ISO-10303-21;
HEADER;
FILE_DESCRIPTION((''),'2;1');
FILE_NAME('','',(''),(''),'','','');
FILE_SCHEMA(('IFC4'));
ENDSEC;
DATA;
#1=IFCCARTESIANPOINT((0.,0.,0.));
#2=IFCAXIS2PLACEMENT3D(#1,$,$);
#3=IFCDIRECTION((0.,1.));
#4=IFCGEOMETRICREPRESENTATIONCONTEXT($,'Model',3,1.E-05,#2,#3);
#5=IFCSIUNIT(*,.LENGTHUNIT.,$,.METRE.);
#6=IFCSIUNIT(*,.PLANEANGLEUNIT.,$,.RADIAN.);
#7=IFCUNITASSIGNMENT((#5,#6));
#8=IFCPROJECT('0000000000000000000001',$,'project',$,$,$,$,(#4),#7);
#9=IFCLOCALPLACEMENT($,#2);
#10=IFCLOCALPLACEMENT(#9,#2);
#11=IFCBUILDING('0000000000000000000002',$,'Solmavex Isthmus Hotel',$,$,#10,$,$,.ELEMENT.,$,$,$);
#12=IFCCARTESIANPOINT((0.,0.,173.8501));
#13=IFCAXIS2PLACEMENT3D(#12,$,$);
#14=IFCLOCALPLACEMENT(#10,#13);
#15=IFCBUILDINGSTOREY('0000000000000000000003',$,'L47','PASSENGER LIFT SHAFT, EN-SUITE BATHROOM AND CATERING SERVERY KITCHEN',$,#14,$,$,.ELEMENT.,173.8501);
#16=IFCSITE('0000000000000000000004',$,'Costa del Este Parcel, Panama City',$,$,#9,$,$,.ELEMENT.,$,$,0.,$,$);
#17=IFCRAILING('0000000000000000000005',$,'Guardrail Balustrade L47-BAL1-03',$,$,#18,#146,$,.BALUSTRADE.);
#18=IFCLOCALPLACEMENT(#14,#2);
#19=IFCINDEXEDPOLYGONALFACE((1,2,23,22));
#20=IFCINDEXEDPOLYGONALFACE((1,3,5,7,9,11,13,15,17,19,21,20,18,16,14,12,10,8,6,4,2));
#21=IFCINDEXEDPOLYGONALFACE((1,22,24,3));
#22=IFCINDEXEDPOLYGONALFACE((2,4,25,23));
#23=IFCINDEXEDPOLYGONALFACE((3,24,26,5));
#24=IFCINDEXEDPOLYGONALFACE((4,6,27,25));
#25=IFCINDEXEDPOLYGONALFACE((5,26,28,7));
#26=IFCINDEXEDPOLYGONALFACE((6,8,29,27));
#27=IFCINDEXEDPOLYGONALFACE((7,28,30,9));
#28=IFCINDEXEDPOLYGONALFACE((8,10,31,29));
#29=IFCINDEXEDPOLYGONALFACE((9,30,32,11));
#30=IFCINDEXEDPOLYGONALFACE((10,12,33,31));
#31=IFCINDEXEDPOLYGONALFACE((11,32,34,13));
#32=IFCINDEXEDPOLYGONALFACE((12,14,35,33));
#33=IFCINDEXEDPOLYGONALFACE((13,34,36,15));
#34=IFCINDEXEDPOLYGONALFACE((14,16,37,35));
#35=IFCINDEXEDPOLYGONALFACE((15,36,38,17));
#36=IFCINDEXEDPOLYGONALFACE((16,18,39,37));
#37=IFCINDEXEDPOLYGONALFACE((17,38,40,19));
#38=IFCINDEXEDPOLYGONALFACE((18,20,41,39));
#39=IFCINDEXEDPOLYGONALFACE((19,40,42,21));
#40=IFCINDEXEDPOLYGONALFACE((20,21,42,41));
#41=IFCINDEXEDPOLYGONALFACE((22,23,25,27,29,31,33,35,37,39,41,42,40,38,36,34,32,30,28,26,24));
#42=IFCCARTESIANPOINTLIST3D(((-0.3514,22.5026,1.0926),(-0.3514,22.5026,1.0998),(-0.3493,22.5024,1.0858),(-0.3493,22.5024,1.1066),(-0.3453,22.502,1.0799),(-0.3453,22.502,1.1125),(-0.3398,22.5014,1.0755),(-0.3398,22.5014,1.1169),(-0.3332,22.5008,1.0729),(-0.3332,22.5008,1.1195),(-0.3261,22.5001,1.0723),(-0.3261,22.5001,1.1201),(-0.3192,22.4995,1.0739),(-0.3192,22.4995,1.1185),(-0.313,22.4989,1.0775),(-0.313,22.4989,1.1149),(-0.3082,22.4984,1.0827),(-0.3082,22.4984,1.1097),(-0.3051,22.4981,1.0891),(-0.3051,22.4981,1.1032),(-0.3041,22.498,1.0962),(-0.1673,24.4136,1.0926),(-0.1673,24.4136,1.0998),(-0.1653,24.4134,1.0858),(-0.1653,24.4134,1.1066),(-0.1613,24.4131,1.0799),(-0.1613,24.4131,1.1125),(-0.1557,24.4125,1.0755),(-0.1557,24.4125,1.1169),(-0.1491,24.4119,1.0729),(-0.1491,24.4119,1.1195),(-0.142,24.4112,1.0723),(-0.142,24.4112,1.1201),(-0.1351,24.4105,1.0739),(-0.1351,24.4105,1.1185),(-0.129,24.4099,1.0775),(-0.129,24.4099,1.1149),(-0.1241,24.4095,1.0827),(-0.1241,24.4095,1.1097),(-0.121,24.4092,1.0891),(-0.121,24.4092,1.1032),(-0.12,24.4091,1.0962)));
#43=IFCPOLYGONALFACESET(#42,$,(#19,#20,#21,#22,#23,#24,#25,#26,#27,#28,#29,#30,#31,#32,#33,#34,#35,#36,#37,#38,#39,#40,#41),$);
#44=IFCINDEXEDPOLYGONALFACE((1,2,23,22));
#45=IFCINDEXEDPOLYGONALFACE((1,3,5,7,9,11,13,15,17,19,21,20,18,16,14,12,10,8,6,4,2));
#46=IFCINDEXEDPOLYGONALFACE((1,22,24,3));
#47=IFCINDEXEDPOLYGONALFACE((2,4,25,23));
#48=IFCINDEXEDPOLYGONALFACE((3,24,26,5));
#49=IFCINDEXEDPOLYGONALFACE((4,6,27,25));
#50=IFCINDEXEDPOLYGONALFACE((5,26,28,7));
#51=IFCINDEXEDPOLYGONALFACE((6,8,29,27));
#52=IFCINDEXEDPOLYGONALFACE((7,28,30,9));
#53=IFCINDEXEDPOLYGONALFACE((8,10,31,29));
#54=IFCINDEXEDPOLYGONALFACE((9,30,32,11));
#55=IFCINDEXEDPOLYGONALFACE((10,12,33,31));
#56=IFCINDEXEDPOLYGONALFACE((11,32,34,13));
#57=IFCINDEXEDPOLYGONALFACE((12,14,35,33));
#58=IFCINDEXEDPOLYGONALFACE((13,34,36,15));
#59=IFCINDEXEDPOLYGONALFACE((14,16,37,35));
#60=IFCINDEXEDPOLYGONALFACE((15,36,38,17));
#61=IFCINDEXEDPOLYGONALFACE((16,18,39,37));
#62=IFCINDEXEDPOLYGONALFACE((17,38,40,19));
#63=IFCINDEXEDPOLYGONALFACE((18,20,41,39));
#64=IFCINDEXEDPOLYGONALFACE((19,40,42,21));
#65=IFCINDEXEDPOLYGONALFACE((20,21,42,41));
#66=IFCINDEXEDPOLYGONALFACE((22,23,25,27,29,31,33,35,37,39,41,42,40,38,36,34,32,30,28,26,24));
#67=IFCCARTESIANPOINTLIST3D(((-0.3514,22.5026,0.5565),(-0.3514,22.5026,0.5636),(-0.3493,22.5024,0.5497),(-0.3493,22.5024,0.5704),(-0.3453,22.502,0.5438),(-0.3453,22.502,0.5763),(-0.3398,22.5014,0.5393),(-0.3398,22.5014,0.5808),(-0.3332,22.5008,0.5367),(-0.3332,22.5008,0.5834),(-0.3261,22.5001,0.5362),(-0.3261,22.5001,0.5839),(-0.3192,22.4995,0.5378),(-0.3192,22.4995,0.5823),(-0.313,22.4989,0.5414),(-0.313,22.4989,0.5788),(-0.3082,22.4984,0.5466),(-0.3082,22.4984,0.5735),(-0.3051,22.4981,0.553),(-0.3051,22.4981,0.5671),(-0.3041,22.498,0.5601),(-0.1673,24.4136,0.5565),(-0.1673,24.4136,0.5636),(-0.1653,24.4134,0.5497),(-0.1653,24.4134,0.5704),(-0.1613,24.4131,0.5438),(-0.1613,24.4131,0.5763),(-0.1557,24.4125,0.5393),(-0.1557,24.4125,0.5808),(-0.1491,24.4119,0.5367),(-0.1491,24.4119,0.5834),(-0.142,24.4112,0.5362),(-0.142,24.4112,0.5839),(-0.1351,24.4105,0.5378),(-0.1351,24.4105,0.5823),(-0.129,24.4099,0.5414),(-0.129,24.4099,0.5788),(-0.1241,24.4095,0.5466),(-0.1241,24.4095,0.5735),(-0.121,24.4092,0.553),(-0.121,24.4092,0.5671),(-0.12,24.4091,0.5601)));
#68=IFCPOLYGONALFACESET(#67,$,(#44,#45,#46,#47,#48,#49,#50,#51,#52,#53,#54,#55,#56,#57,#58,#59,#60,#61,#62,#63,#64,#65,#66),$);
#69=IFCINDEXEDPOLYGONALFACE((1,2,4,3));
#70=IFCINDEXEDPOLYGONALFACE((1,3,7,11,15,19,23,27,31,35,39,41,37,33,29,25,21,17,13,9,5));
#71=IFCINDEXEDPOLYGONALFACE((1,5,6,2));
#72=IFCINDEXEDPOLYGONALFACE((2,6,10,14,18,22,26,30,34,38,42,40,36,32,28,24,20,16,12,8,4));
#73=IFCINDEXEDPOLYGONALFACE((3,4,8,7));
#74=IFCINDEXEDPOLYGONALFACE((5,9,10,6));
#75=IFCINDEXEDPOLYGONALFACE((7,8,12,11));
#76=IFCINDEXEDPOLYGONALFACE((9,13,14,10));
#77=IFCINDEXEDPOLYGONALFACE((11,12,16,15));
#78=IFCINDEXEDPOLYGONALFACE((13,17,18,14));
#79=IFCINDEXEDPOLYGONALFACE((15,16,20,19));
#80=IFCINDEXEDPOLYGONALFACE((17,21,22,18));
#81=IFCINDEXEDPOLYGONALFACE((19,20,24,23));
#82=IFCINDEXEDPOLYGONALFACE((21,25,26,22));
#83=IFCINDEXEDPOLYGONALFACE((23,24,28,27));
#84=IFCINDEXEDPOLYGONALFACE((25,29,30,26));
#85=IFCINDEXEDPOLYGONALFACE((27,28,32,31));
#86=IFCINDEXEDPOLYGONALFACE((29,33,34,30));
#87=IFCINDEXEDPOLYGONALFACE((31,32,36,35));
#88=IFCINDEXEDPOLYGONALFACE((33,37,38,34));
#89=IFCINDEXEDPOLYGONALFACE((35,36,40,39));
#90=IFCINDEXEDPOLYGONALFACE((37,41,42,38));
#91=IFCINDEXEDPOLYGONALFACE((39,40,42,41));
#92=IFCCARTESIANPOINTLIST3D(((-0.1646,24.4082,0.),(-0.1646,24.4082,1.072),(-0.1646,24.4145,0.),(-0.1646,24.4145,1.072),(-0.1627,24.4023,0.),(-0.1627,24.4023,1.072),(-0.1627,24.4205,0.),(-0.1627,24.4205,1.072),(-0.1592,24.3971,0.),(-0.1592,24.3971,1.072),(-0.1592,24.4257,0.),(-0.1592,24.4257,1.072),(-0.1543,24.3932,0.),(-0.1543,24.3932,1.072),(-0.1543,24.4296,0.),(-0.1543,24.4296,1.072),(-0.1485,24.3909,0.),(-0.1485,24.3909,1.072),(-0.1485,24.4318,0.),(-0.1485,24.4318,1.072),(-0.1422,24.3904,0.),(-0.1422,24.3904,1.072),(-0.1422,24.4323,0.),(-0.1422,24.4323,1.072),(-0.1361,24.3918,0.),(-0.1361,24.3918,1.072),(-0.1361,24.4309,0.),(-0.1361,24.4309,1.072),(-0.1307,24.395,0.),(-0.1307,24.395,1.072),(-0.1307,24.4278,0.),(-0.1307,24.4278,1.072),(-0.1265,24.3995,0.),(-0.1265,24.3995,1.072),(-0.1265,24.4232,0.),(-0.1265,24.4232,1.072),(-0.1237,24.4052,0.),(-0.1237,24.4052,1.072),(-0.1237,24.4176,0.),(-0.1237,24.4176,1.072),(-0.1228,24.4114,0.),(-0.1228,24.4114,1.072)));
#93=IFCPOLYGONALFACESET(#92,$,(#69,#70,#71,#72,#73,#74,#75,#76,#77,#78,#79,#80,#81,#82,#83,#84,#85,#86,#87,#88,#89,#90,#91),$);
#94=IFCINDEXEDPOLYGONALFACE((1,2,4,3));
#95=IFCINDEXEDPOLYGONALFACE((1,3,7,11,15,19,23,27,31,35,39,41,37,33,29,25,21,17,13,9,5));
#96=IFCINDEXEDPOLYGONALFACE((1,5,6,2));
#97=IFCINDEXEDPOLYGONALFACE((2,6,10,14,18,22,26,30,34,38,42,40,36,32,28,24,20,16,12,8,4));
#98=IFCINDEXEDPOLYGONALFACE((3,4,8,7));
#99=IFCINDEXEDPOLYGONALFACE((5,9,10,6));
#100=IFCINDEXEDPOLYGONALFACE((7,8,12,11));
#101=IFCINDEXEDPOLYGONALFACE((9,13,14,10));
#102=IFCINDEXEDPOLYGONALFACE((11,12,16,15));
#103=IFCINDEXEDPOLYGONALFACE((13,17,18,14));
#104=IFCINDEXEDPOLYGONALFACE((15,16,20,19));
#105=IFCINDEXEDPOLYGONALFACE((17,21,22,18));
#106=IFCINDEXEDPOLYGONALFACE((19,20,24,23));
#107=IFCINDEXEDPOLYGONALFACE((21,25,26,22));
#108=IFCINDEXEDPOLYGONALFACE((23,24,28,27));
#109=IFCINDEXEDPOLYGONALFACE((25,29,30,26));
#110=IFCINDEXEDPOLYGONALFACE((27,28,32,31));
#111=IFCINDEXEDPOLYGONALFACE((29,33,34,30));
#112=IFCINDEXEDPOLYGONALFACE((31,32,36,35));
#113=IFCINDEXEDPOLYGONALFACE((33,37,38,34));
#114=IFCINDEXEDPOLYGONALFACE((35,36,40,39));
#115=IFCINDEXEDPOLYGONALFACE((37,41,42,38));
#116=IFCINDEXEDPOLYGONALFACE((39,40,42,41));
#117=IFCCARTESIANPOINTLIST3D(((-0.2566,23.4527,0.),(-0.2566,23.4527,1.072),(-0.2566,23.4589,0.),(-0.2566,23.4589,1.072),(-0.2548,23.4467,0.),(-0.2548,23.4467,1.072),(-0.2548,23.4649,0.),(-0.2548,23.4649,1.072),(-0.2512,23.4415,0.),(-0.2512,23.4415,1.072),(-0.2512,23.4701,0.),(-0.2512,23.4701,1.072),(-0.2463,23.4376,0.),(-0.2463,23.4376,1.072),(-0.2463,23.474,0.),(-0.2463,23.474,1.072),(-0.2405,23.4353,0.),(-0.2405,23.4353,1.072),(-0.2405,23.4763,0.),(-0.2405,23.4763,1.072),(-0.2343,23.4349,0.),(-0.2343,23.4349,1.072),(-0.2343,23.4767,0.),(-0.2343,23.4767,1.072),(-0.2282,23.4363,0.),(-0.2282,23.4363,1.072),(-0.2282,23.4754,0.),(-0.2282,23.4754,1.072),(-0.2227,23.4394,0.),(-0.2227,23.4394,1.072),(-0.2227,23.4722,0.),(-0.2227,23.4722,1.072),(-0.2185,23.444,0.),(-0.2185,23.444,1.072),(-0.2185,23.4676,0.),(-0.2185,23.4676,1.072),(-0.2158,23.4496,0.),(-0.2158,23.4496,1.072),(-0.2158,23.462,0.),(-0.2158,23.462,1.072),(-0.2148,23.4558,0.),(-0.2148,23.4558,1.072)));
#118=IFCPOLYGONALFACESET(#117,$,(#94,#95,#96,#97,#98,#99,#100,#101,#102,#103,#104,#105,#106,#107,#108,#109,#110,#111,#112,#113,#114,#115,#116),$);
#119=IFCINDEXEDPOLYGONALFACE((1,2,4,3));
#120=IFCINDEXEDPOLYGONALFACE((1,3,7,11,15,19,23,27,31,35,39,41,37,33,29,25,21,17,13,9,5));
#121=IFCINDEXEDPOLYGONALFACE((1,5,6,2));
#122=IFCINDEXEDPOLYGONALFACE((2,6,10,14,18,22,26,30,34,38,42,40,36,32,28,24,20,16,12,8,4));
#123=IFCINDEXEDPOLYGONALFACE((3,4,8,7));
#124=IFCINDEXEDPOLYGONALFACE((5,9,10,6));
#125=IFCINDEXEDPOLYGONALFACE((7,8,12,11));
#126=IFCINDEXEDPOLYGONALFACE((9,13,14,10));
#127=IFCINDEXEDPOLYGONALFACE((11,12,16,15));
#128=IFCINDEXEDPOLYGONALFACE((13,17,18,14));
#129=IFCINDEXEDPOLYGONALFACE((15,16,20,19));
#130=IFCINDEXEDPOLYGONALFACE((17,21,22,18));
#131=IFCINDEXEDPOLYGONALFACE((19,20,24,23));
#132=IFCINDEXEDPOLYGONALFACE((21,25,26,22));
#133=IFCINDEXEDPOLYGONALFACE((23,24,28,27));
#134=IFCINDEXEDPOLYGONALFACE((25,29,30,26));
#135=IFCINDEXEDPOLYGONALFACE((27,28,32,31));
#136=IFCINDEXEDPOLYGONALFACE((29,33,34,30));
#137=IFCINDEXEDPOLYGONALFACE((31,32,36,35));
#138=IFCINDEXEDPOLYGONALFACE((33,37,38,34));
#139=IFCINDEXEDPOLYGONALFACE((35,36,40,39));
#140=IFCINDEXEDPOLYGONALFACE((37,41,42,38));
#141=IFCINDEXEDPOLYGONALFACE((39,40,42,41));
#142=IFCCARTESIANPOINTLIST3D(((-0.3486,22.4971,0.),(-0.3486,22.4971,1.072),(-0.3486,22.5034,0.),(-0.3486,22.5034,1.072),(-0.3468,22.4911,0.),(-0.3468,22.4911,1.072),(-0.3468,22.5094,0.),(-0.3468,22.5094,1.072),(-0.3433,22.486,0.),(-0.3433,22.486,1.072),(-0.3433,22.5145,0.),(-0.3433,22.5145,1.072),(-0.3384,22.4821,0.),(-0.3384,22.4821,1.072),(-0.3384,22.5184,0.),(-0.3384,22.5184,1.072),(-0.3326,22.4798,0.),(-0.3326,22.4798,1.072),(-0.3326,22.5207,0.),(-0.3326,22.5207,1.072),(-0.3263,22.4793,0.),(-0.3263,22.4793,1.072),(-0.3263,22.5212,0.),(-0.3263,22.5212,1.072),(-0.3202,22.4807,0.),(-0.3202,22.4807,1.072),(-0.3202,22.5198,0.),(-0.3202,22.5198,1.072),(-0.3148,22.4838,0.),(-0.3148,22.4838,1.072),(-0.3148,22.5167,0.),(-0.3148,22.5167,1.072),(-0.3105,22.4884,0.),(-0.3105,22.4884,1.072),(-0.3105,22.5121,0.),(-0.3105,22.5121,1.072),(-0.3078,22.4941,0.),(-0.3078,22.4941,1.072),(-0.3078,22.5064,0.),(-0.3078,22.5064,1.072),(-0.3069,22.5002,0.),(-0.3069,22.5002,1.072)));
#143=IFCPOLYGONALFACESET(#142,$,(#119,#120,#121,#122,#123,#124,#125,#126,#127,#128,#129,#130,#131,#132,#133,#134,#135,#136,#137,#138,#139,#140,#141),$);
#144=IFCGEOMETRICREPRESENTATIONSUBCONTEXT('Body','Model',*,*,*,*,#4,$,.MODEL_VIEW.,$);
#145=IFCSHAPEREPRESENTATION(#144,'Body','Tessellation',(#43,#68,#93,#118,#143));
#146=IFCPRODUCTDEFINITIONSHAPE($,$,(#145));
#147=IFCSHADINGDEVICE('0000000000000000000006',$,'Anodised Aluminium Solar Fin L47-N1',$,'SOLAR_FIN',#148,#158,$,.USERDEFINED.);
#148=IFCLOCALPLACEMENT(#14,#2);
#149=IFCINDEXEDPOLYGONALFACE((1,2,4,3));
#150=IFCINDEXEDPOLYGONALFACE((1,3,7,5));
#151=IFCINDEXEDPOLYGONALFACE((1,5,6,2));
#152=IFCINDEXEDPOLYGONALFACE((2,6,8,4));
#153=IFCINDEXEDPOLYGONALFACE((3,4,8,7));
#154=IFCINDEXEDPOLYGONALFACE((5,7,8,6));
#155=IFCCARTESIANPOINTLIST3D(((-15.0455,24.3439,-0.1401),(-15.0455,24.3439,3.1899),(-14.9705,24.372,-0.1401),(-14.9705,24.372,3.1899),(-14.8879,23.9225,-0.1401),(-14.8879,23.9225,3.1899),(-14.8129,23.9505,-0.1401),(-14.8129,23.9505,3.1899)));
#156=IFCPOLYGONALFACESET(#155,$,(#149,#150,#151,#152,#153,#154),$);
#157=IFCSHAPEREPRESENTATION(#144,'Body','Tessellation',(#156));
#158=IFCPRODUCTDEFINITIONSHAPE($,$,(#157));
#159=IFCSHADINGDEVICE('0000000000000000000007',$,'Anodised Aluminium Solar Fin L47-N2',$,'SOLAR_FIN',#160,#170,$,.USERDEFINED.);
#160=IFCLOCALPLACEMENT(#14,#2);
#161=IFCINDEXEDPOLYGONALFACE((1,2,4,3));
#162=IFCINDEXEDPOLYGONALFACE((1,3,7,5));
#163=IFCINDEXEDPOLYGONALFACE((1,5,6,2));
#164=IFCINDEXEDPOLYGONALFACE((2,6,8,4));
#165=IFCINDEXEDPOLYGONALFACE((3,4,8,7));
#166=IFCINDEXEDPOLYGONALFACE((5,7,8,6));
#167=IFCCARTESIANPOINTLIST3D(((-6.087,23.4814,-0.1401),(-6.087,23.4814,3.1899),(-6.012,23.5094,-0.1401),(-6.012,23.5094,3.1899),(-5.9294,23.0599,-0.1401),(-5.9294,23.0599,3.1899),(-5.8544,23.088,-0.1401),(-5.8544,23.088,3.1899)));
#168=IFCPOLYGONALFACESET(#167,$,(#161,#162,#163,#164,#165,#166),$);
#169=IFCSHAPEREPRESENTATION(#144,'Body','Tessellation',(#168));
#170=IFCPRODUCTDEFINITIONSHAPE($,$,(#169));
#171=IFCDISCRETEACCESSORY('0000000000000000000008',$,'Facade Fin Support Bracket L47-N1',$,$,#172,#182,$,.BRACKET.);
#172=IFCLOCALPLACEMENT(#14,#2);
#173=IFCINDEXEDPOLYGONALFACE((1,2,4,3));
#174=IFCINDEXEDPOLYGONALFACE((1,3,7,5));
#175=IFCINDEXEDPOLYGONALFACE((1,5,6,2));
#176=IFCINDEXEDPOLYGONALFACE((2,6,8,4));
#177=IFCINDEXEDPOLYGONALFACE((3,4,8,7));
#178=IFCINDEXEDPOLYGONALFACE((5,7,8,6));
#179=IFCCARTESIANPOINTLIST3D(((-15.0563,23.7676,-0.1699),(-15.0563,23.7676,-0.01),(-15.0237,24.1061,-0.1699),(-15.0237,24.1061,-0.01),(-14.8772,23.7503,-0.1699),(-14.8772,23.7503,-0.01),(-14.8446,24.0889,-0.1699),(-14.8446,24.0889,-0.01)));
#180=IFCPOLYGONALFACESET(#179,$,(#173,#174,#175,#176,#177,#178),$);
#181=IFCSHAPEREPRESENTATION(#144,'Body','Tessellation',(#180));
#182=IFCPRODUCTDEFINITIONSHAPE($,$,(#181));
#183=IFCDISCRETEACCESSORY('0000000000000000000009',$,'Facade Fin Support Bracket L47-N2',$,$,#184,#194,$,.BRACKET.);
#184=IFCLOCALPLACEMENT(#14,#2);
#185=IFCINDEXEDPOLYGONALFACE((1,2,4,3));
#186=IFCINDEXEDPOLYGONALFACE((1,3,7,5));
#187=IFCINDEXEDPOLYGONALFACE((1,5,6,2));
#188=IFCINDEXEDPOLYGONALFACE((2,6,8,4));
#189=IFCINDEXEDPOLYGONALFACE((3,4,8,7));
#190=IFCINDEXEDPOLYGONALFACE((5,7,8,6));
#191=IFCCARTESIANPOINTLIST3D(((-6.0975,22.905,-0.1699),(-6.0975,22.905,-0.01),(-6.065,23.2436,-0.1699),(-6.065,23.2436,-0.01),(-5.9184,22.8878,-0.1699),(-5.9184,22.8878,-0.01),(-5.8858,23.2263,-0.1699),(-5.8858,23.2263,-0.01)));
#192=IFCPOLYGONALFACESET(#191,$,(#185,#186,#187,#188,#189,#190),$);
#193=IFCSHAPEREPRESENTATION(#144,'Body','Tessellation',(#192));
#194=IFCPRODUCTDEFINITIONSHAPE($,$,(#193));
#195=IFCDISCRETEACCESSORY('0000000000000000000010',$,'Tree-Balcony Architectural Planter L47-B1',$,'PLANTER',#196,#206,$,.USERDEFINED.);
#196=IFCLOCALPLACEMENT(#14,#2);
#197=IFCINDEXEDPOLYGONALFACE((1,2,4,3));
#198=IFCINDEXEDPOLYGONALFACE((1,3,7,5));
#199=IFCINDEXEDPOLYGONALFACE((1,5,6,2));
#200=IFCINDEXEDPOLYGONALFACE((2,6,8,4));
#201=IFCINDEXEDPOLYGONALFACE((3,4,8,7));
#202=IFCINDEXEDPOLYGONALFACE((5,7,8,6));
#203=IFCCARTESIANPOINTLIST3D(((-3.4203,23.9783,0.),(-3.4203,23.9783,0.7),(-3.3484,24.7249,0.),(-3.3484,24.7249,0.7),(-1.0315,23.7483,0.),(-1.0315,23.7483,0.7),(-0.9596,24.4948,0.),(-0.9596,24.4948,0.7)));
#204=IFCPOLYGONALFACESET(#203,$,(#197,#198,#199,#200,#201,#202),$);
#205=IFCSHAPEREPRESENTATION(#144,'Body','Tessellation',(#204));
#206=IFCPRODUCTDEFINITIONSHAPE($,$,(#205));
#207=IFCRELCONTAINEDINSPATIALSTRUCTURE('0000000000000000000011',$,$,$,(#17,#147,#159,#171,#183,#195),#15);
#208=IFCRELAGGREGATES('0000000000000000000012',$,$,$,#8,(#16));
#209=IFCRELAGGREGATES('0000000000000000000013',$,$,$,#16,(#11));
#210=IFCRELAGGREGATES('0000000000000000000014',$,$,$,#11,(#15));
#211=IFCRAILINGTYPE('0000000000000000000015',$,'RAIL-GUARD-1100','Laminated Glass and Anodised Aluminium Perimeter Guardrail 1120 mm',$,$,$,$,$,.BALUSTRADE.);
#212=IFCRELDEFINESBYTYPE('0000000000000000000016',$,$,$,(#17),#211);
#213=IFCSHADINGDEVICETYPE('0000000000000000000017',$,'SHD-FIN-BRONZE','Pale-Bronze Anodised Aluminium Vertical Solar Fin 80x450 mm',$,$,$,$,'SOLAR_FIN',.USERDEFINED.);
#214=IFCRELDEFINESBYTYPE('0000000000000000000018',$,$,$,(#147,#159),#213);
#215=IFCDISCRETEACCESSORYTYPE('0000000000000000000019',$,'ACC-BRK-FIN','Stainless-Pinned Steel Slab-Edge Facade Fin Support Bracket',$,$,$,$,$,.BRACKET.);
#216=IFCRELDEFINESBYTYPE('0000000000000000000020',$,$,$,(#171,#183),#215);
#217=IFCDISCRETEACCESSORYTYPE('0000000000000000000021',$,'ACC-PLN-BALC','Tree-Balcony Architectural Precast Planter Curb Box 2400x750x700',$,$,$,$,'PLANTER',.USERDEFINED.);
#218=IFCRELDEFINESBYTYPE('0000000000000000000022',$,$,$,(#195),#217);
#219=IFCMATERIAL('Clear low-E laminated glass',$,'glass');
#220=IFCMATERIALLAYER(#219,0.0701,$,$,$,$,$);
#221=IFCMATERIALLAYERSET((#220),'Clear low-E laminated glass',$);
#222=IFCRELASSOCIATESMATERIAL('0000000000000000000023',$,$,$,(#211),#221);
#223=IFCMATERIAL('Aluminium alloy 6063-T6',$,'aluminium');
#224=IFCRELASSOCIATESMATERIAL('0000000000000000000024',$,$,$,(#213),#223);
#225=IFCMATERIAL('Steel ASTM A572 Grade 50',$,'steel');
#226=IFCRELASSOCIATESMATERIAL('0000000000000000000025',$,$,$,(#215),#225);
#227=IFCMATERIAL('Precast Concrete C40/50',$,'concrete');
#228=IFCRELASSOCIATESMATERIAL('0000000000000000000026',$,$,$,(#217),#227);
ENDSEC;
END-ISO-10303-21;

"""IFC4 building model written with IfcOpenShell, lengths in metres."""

from ifc_helpers import new_model, si_unit, direction, frame, origin, origin_2d, place, context, subcontext, project, spatial, rectangle, circle, extrude, material, layer, layer_set, type_object, element, save


model = new_model("IFC4")

# Units and contexts
model_context = context("Model", 3, precision=1e-05, world=origin(), true_north=direction((0.0, 1.0)))
body_context = subcontext(model_context, "Body", "Model", "MODEL_VIEW")
ifc_project = project(units=[si_unit("LENGTHUNIT", "METRE"), si_unit("PLANEANGLEUNIT", "RADIAN")], contexts=[model_context])

# Site, building, storey
site_placement = place(None, origin())
site = spatial("IfcSite", under=ifc_project, at=site_placement, Name="Costa del Este Parcel, Panama City", CompositionType="ELEMENT", RefElevation=0.0)
building_placement = place(site_placement, origin())
building = spatial("IfcBuilding", under=site, at=building_placement, Name="Solmavex Isthmus Hotel", CompositionType="ELEMENT")
storey_placement = place(building_placement, frame((0.0, 0.0, 173.8501)))
storey = spatial("IfcBuildingStorey", under=building, at=storey_placement, Name="L47", Description="PASSENGER LIFT SHAFT, EN-SUITE BATHROOM AND CATERING SERVERY KITCHEN", CompositionType="ELEMENT", Elevation=173.8501)

# Shared definitions
ifc_material_1 = material(Name="Aluminium alloy 6063-T6", Category="aluminium")

# Shared definitions
ifc_material_2 = material(Name="Clear low-E laminated glass", Category="glass")

# Shared definitions
ifc_material_3 = material(Name="Precast Concrete C40/50", Category="concrete")

# Railing
ifc_layer_1 = layer(ifc_material_2, 0.0701)
ifc_layer_set_1 = layer_set([ifc_layer_1], Name="Clear low-E laminated glass")
railing_type = type_object("IfcRailingType", Name="RAIL-GUARD-1100", Description="Laminated Glass and Anodised Aluminium Perimeter Guardrail 1120 mm", PredefinedType="BALUSTRADE", material=ifc_layer_set_1)
railing_1_placement = place(storey_placement, frame((-0.1438, 24.4114, 0.0)))
element("IfcRailing", 1, at=railing_1_placement, inside=storey, type_object=railing_type, Name="Guardrail Balustrade L47-BAL1-03", PredefinedType="BALUSTRADE", context=body_context, shape_type="SweptSolid", body=[
    extrude(circle(Radius=0.0239, at=origin_2d()), frame((0.0, 0.0, 1.0962), z_axis=(-0.095877, -0.995393, 0.0), x_axis=(0.995393, -0.095877, 0.0)), (0.0, 0.0, 1.0), 1.9199),
    extrude(circle(Radius=0.0239, at=origin_2d()), frame((0.0, 0.0, 0.5601), z_axis=(-0.095877, -0.995393, 0.0), x_axis=(0.995393, -0.095877, 0.0)), (0.0, 0.0, 1.0), 1.9199),
    extrude(circle(Radius=0.021, at=origin_2d()), origin(), (0.0, 0.0, 1.0), 1.072),
    extrude(circle(Radius=0.021, at=origin_2d()), frame((-0.092, -0.9556, 0.0)), (0.0, 0.0, 1.0), 1.072),
    extrude(circle(Radius=0.021, at=origin_2d()), frame((-0.1841, -1.9111, 0.0)), (0.0, 0.0, 1.0), 1.072),
])

# Shading devices
shading_device_type = type_object("IfcShadingDeviceType", Name="SHD-FIN-BRONZE", Description="Pale-Bronze Anodised Aluminium Vertical Solar Fin 80x450 mm", ElementType="SOLAR_FIN", PredefinedType="USERDEFINED", material=ifc_material_1)
for number, where, z_axis, x_axis, name in (
    (2, (-14.9292, 24.1472, -0.1401), (0.0, 0.0, 1.0), (-0.350207, 0.936672, 0.0), "Anodised Aluminium Solar Fin L47-N1"),
    (3, (-5.9707, 23.2847, -0.1401), (0.0, 0.0, 1.0), (-0.350207, 0.936672, 0.0), "Anodised Aluminium Solar Fin L47-N2"),
):
    element("IfcShadingDevice", number, at=place(storey_placement, frame(where, z_axis=z_axis, x_axis=x_axis)), inside=storey, type_object=shading_device_type, Name=name, ObjectType="SOLAR_FIN", PredefinedType="USERDEFINED", context=body_context, shape_type="SweptSolid", body=[
        extrude(rectangle(XDim=0.45, YDim=0.0801, at=origin_2d()), origin(), (0.0, 0.0, 1.0), 3.3301),
    ])

# Discrete accessories
ifc_material_4 = material(Name="Steel ASTM A572 Grade 50", Category="steel")
discrete_accessory_type_1 = type_object("IfcDiscreteAccessoryType", Name="ACC-BRK-FIN", Description="Stainless-Pinned Steel Slab-Edge Facade Fin Support Bracket", PredefinedType="BRACKET", material=ifc_material_4)
for number, where, z_axis, x_axis, name in (
    (4, (-14.9504, 23.9282, -0.1699), (0.0, 0.0, 1.0), (0.095846, 0.995396, 0.0), "Facade Fin Support Bracket L47-N1"),
    (5, (-5.9917, 23.0657, -0.1699), (0.0, 0.0, 1.0), (0.095846, 0.995396, 0.0), "Facade Fin Support Bracket L47-N2"),
):
    element("IfcDiscreteAccessory", number, at=place(storey_placement, frame(where, z_axis=z_axis, x_axis=x_axis)), inside=storey, type_object=discrete_accessory_type_1, Name=name, PredefinedType="BRACKET", context=body_context, shape_type="SweptSolid", body=[
        extrude(rectangle(XDim=0.3401, YDim=0.1799, at=origin_2d()), origin(), (0.0, 0.0, 1.0), 0.1599),
    ])
discrete_accessory_type_2 = type_object("IfcDiscreteAccessoryType", Name="ACC-PLN-BALC", Description="Tree-Balcony Architectural Precast Planter Curb Box 2400x750x700", ElementType="PLANTER", PredefinedType="USERDEFINED", material=ifc_material_3)
discrete_accessory_placement = place(storey_placement, frame((-2.1899, 24.2366, 0.0), z_axis=(0.0, 0.0, 1.0), x_axis=(0.995396, -0.095846, 0.0)))
element("IfcDiscreteAccessory", 6, at=discrete_accessory_placement, inside=storey, type_object=discrete_accessory_type_2, Name="Tree-Balcony Architectural Planter L47-B1", ObjectType="PLANTER", PredefinedType="USERDEFINED", context=body_context, shape_type="SweptSolid", body=[
    extrude(rectangle(XDim=2.3999, YDim=0.75, at=origin_2d()), origin(), (0.0, 0.0, 1.0), 0.7),
])

save(model, "model.ifc")
